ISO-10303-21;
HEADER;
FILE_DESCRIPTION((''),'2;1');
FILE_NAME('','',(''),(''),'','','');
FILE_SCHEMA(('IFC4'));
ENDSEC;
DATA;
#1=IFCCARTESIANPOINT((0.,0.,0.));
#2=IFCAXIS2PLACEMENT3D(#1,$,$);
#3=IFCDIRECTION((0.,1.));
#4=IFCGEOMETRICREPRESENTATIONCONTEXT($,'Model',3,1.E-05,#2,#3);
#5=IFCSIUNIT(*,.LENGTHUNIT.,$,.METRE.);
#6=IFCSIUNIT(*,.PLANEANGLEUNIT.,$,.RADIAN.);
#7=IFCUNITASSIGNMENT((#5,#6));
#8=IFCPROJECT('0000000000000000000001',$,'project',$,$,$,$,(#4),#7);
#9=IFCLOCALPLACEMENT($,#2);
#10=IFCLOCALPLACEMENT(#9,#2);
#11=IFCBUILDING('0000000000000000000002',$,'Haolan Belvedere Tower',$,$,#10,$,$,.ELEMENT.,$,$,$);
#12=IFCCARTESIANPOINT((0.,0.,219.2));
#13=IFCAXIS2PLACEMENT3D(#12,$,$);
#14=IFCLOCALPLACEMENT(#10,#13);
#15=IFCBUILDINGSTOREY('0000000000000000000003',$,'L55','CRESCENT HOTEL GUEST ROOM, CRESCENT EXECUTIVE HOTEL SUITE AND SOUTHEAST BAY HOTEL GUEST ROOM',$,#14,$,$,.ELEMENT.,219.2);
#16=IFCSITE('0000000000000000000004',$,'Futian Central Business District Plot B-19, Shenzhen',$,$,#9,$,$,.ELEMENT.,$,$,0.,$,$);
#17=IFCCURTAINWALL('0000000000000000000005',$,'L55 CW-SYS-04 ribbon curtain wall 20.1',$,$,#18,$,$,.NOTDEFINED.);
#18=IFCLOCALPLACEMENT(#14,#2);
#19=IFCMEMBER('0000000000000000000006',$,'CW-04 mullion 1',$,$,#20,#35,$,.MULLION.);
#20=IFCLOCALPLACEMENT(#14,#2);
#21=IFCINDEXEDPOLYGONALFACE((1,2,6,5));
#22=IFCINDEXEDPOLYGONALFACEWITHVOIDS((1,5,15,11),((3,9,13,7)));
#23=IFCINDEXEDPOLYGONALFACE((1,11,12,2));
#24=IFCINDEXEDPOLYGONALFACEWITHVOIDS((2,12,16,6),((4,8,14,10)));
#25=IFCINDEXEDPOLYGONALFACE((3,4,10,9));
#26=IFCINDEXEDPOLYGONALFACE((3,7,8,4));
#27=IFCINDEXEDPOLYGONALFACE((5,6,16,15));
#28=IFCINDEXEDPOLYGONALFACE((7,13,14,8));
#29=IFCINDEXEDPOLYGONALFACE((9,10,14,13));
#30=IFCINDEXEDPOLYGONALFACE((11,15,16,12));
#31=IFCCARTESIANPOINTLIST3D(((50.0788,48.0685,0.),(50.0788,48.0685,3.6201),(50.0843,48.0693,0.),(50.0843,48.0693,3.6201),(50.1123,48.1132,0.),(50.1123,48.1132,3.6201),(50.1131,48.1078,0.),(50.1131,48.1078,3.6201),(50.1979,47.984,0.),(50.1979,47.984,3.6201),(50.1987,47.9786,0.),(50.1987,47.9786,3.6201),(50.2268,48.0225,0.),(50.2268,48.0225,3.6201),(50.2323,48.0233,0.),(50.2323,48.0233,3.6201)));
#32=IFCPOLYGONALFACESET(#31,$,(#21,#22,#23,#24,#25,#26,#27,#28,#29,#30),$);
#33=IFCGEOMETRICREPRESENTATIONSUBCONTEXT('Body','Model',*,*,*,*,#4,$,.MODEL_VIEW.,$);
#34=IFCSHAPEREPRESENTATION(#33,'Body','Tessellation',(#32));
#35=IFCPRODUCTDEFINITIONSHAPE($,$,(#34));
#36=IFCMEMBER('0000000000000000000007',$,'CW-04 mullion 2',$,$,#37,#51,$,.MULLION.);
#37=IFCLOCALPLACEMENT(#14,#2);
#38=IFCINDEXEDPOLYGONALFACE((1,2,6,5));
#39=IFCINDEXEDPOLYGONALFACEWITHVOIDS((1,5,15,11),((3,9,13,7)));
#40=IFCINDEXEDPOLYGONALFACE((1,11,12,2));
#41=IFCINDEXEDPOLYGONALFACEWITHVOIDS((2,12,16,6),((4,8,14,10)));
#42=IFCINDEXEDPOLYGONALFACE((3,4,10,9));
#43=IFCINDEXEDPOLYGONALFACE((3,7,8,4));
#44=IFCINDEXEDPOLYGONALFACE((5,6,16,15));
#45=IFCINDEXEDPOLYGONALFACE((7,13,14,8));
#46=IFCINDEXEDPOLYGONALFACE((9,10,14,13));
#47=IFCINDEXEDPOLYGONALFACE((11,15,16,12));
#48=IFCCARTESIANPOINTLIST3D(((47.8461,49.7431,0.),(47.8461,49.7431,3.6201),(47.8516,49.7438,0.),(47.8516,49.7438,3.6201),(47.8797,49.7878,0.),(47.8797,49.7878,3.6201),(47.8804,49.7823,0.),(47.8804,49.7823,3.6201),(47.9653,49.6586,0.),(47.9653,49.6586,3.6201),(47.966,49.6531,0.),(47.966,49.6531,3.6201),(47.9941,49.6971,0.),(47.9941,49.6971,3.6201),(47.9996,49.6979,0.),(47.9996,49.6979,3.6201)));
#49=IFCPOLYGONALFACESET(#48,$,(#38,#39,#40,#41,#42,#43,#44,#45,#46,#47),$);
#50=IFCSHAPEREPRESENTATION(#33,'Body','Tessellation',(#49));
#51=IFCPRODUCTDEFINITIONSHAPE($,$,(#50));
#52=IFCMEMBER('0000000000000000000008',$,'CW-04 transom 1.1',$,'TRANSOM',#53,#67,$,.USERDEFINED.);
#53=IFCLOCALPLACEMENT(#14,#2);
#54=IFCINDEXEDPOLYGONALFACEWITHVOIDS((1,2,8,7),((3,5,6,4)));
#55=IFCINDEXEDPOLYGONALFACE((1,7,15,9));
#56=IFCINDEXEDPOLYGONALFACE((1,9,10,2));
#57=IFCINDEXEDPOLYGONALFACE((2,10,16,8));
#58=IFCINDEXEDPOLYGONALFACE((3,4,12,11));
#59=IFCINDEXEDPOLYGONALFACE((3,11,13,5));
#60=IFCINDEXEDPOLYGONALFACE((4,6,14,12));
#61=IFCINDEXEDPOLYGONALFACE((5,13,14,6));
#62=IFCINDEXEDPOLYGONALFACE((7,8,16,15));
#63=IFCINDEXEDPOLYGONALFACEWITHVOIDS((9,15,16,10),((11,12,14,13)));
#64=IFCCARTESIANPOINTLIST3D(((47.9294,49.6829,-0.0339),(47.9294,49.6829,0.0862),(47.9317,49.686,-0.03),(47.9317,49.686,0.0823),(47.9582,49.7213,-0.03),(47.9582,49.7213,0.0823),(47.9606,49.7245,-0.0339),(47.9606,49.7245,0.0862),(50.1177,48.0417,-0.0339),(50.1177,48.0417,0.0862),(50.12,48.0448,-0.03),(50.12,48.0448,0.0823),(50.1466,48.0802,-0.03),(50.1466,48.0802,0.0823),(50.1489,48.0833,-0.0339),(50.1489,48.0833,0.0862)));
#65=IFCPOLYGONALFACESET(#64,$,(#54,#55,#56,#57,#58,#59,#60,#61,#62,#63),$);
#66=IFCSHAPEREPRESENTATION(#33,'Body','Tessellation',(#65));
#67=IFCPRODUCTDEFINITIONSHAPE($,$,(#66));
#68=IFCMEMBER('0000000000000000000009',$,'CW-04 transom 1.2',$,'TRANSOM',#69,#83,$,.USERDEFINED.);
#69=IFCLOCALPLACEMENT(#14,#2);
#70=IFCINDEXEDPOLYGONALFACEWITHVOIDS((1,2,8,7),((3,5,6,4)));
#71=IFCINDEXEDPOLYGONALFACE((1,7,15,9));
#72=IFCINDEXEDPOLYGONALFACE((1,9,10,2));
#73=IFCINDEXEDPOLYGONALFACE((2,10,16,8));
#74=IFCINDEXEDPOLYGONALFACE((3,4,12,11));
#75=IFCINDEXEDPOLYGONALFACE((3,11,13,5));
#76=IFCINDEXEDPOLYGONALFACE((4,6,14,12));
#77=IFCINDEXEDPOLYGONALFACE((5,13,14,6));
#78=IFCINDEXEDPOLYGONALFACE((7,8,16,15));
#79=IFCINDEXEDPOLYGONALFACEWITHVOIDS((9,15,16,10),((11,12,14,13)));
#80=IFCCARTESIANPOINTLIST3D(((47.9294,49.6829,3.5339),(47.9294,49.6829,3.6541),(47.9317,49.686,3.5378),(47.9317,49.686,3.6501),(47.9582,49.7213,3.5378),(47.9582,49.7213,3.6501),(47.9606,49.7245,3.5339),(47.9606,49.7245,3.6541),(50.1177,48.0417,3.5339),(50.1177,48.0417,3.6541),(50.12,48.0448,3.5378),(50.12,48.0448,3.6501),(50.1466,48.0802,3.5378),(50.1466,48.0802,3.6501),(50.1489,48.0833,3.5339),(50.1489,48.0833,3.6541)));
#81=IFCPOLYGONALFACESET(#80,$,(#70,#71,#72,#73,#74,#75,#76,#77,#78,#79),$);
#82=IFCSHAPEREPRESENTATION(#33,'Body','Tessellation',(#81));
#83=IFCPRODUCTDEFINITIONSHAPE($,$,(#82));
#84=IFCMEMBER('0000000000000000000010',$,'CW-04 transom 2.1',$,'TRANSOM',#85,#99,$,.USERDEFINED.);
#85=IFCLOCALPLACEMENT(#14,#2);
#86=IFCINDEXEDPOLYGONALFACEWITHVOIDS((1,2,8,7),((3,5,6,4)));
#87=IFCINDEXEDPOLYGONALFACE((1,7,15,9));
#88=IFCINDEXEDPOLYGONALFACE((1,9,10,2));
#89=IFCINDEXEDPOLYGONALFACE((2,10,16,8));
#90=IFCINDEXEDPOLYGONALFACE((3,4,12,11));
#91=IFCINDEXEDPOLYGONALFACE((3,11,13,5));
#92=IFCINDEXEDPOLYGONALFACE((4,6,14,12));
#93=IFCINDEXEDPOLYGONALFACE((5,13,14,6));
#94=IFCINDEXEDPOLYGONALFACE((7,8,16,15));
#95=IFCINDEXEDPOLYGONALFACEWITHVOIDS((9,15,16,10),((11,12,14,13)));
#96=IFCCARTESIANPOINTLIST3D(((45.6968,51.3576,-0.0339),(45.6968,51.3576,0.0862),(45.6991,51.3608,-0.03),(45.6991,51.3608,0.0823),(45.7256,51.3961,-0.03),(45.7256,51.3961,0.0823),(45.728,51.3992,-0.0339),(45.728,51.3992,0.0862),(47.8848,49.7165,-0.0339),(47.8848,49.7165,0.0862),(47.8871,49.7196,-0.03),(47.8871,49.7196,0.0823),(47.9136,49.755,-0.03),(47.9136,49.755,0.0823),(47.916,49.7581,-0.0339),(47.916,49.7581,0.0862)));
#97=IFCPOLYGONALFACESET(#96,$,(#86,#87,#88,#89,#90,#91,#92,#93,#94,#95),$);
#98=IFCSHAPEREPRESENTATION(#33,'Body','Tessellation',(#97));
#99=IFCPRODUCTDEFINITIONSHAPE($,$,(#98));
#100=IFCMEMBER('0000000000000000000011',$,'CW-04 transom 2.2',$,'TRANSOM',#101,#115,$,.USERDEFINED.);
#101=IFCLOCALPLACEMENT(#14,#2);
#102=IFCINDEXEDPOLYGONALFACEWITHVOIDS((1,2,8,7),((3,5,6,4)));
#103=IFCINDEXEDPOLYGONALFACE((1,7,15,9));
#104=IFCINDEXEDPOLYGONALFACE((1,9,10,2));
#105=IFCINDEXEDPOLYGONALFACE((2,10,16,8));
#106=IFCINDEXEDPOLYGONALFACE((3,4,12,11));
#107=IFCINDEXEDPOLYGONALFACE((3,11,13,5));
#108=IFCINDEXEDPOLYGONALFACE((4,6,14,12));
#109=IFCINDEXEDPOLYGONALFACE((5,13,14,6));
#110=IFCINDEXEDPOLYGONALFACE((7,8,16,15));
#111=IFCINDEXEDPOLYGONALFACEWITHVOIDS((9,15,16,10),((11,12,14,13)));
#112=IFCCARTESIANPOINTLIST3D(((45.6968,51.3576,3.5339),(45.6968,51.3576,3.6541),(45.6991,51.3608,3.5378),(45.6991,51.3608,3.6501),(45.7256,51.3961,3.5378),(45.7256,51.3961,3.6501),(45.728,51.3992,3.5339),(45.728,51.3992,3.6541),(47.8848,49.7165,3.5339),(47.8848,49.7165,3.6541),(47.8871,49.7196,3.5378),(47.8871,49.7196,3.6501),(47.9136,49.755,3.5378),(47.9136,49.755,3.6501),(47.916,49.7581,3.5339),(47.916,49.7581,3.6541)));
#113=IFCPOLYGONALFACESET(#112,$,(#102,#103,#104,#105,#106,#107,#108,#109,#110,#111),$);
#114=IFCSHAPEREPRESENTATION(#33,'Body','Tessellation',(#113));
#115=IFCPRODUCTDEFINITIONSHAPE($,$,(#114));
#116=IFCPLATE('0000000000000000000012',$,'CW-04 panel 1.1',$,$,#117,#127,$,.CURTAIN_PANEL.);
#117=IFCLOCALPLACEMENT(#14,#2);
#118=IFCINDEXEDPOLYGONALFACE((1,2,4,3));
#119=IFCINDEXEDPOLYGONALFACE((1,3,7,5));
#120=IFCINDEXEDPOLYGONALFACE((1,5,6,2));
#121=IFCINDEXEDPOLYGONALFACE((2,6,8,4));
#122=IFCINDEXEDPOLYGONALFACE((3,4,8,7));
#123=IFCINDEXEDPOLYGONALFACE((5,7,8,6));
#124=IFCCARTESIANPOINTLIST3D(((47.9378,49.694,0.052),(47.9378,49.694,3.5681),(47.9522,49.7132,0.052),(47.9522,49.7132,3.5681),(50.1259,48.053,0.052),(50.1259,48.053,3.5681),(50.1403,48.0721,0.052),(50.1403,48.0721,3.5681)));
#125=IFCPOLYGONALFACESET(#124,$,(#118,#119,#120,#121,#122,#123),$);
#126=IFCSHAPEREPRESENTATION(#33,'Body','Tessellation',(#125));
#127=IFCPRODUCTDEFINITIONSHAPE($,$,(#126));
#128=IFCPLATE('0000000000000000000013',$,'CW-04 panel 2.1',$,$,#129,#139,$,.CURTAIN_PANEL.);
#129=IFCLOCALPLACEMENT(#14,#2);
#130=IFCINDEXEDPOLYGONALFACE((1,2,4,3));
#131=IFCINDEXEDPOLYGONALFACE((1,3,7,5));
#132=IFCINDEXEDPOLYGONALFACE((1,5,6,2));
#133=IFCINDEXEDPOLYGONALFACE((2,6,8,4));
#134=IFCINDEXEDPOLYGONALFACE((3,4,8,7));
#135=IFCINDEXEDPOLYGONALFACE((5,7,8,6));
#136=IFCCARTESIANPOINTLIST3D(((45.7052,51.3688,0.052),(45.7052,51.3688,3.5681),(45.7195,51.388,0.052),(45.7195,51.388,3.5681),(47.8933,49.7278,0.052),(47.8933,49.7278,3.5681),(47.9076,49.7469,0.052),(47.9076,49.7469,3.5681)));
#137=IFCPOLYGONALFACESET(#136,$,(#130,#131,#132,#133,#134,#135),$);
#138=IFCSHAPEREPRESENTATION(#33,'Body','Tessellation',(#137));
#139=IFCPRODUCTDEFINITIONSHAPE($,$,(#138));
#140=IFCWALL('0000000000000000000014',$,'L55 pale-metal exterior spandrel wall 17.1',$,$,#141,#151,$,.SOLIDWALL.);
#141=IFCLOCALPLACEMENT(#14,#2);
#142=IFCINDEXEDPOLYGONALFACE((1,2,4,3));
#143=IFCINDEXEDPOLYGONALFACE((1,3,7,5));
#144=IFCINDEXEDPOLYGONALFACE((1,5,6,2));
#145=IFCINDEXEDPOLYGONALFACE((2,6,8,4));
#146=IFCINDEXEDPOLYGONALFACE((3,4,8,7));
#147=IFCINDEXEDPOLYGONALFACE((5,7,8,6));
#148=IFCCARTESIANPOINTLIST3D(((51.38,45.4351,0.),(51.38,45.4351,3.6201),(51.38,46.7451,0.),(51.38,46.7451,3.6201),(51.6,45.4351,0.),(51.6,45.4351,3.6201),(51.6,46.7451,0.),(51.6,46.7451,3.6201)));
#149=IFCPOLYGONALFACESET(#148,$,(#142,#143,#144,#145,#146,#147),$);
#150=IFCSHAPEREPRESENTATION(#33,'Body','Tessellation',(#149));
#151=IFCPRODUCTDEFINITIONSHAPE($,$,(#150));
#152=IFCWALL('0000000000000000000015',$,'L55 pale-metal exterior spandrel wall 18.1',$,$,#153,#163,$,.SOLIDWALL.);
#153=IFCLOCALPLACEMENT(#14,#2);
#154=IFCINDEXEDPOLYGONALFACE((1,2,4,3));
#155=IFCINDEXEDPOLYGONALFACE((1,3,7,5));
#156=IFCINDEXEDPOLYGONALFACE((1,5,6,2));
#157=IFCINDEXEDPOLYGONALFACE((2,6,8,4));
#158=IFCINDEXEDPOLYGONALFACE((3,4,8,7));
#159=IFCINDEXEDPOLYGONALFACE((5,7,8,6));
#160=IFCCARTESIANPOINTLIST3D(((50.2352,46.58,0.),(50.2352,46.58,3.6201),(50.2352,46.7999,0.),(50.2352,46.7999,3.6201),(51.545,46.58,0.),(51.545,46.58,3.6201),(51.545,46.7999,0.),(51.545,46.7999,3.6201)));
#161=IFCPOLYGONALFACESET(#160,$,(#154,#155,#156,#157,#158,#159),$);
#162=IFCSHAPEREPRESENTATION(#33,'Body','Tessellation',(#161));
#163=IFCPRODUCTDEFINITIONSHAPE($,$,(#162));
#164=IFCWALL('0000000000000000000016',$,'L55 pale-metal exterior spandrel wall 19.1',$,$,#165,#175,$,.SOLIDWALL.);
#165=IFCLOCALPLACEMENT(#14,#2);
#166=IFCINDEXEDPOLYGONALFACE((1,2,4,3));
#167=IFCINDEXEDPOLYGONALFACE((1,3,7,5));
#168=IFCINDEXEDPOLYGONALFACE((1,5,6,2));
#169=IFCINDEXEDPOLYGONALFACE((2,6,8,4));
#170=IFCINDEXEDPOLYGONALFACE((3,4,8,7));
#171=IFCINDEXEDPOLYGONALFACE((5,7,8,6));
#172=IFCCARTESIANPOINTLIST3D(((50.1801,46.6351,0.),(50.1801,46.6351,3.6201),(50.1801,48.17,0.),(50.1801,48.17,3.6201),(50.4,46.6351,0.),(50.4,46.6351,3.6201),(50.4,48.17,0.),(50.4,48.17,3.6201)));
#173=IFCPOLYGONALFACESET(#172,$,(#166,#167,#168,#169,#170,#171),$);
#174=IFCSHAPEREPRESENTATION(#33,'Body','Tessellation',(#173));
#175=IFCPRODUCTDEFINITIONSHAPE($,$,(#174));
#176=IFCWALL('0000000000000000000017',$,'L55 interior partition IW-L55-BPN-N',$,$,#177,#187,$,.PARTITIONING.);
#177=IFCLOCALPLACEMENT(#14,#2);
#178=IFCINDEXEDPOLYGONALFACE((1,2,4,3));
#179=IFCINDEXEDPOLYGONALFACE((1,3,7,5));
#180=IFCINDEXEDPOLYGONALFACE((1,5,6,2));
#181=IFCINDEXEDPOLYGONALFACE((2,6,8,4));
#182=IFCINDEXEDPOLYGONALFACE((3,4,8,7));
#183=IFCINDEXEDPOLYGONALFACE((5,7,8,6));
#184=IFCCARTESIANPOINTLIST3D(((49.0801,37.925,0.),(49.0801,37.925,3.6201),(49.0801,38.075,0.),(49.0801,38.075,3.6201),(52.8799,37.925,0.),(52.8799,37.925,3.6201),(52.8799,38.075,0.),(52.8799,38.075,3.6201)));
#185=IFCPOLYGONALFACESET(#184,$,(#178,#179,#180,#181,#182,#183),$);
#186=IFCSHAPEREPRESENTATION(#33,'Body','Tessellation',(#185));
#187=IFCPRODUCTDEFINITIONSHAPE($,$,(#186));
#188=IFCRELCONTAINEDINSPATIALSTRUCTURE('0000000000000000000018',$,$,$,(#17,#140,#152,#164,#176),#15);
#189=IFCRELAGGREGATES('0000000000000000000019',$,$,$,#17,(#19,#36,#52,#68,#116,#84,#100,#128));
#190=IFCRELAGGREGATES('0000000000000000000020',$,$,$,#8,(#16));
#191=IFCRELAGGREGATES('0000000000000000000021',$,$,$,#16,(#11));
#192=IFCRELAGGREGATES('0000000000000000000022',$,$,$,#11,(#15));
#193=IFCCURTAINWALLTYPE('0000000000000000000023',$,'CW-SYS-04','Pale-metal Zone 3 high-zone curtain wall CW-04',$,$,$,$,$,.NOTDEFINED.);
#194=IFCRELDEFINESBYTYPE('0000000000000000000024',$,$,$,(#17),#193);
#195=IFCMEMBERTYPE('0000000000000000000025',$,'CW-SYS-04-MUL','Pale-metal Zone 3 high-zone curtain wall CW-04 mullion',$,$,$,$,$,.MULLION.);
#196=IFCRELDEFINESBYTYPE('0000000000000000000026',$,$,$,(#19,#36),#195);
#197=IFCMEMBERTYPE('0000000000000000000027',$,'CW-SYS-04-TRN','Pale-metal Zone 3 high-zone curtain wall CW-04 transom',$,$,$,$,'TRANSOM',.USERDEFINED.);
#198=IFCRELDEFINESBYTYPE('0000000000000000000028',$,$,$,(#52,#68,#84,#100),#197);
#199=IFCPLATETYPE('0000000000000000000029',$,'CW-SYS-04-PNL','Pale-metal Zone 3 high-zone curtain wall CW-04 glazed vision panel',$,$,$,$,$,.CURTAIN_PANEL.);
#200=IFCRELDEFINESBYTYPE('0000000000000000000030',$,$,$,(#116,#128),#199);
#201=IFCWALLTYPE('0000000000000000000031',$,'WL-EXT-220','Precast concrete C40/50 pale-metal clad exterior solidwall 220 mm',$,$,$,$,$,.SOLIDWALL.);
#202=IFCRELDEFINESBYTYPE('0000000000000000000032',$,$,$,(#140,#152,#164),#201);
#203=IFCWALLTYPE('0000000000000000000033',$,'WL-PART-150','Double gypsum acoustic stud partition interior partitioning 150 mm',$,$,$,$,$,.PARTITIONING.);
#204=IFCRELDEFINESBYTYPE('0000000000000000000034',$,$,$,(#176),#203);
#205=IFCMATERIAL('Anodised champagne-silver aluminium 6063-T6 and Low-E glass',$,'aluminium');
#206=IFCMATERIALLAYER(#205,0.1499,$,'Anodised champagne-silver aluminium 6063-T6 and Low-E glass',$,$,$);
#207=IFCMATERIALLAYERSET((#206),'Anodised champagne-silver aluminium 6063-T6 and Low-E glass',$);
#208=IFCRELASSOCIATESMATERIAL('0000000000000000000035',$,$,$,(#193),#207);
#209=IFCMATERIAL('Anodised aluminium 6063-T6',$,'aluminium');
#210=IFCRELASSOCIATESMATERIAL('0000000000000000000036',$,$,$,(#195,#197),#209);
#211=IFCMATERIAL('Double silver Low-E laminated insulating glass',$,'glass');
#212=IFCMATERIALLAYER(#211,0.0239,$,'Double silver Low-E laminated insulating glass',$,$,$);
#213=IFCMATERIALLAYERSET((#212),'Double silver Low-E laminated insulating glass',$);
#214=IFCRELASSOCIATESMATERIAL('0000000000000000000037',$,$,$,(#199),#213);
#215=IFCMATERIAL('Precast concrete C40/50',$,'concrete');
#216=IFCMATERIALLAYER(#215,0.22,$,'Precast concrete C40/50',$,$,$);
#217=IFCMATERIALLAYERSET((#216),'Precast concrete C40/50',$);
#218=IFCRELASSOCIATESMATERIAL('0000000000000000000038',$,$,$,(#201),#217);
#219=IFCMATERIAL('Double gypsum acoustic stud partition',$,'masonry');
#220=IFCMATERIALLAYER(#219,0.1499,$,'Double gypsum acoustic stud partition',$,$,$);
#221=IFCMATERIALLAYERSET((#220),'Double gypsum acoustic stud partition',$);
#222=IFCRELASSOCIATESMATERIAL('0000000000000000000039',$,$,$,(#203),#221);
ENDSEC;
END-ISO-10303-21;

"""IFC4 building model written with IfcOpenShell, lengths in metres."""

from ifc_helpers import new_model, si_unit, direction, frame, frame_2d, origin, origin_2d, place, context, subcontext, project, spatial, rectangle, hollow_rectangle, extrude, material, layer, layer_set, material_profile, profile_set, type_object, element, aggregate, save


model = new_model("IFC4")

# Units and contexts
model_context = context("Model", 3, precision=1e-05, world=origin(), true_north=direction((0.0, 1.0)))
body_context = subcontext(model_context, "Body", "Model", "MODEL_VIEW")
ifc_project = project(units=[si_unit("LENGTHUNIT", "METRE"), si_unit("PLANEANGLEUNIT", "RADIAN")], contexts=[model_context])

# Site, building, storey
site_placement = place(None, origin())
site = spatial("IfcSite", under=ifc_project, at=site_placement, Name="Futian Central Business District Plot B-19, Shenzhen", CompositionType="ELEMENT", RefElevation=0.0)
building_placement = place(site_placement, origin())
building = spatial("IfcBuilding", under=site, at=building_placement, Name="Haolan Belvedere Tower", CompositionType="ELEMENT")
storey_placement = place(building_placement, frame((0.0, 0.0, 219.2)))
storey = spatial("IfcBuildingStorey", under=building, at=storey_placement, Name="L55", Description="CRESCENT HOTEL GUEST ROOM, CRESCENT EXECUTIVE HOTEL SUITE AND SOUTHEAST BAY HOTEL GUEST ROOM", CompositionType="ELEMENT", Elevation=219.2)

# Curtain wall, members, plates
ifc_material_1 = material(Name="Anodised champagne-silver aluminium 6063-T6 and Low-E glass", Category="aluminium")
ifc_layer_1 = layer(ifc_material_1, 0.1499, Name="Anodised champagne-silver aluminium 6063-T6 and Low-E glass")
ifc_layer_set_1 = layer_set([ifc_layer_1], Name="Anodised champagne-silver aluminium 6063-T6 and Low-E glass")
curtain_wall_type = type_object("IfcCurtainWallType", Name="CW-SYS-04", Description="Pale-metal Zone 3 high-zone curtain wall CW-04", PredefinedType="NOTDEFINED", material=ifc_layer_set_1)
curtain_wall_placement = place(storey_placement, origin())
curtain_wall = element("IfcCurtainWall", 1, at=curtain_wall_placement, inside=storey, type_object=curtain_wall_type, Name="L55 CW-SYS-04 ribbon curtain wall 20.1", PredefinedType="NOTDEFINED")
ifc_material_2 = material(Name="Anodised aluminium 6063-T6", Category="aluminium")
ifc_material_profile_1 = material_profile(ifc_material_2, hollow_rectangle(XDim=0.0559, YDim=0.1499, WallThickness=0.0039, at=origin_2d()), Name="Anodised aluminium 6063-T6")
ifc_profile_set_1 = profile_set([ifc_material_profile_1], Name="Anodised aluminium 6063-T6")
member_type_1 = type_object("IfcMemberType", Name="CW-SYS-04-MUL", Description="Pale-metal Zone 3 high-zone curtain wall CW-04 mullion", PredefinedType="MULLION", material=ifc_profile_set_1)
member_1_placement = place(storey_placement, frame((50.1555, 48.0459, 0.0), z_axis=(0.0, 0.0, 1.0), x_axis=(-0.600003, -0.799998, 0.0)))
member_1 = element("IfcMember", 2, at=member_1_placement, type_object=member_type_1, Name="CW-04 mullion 1", PredefinedType="MULLION", context=body_context, shape_type="SweptSolid", body=[
    extrude(hollow_rectangle(XDim=0.0559, YDim=0.1499, WallThickness=0.0039, at=origin_2d()), origin(), (0.0, 0.0, 1.0), 3.6201),
])
member_2_placement = place(storey_placement, frame((47.9229, 49.7205, 0.0), z_axis=(0.0, 0.0, 1.0), x_axis=(-0.600003, -0.799998, 0.0)))
member_2 = element("IfcMember", 3, at=member_2_placement, type_object=member_type_1, Name="CW-04 mullion 2", PredefinedType="MULLION", context=body_context, shape_type="SweptSolid", body=[
    extrude(hollow_rectangle(XDim=0.0559, YDim=0.1499, WallThickness=0.0039, at=origin_2d()), origin(), (0.0, 0.0, 1.0), 3.6201),
])
ifc_material_profile_2 = material_profile(ifc_material_2, hollow_rectangle(XDim=0.052, YDim=0.1201, WallThickness=0.0039, at=origin_2d()), Name="Anodised aluminium 6063-T6")
ifc_profile_set_2 = profile_set([ifc_material_profile_2], Name="Anodised aluminium 6063-T6")
member_type_2 = type_object("IfcMemberType", Name="CW-SYS-04-TRN", Description="Pale-metal Zone 3 high-zone curtain wall CW-04 transom", ElementType="TRANSOM", PredefinedType="USERDEFINED", material=ifc_profile_set_2)
member_3_placement = place(storey_placement, frame((50.1333, 48.0625, 0.0261), z_axis=(-0.800011, 0.599986, 0.0), x_axis=(-0.599986, -0.800011, 0.0)))
member_3 = element("IfcMember", 4, at=member_3_placement, type_object=member_type_2, Name="CW-04 transom 1.1", ObjectType="TRANSOM", PredefinedType="USERDEFINED", context=body_context, shape_type="SweptSolid", body=[
    extrude(hollow_rectangle(XDim=0.052, YDim=0.1201, WallThickness=0.0039, at=origin_2d()), origin(), (0.0, 0.0, 1.0), 2.7354),
])
member_4_placement = place(storey_placement, frame((50.1333, 48.0625, 3.594), z_axis=(-0.800011, 0.599986, 0.0), x_axis=(-0.599986, -0.800011, 0.0)))
member_4 = element("IfcMember", 5, at=member_4_placement, type_object=member_type_2, Name="CW-04 transom 1.2", ObjectType="TRANSOM", PredefinedType="USERDEFINED", context=body_context, shape_type="SweptSolid", body=[
    extrude(hollow_rectangle(XDim=0.052, YDim=0.1201, WallThickness=0.0039, at=origin_2d()), origin(), (0.0, 0.0, 1.0), 2.7354),
])
member_5_placement = place(storey_placement, frame((47.9004, 49.7373, 0.0261), z_axis=(-0.799979, 0.600029, 0.0), x_axis=(-0.600029, -0.799979, 0.0)))
member_5 = element("IfcMember", 6, at=member_5_placement, type_object=member_type_2, Name="CW-04 transom 2.1", ObjectType="TRANSOM", PredefinedType="USERDEFINED", context=body_context, shape_type="SweptSolid", body=[
    extrude(hollow_rectangle(XDim=0.052, YDim=0.1201, WallThickness=0.0039, at=origin_2d()), origin(), (0.0, 0.0, 1.0), 2.7351),
])
member_6_placement = place(storey_placement, frame((47.9004, 49.7373, 3.594), z_axis=(-0.799979, 0.600029, 0.0), x_axis=(-0.600029, -0.799979, 0.0)))
member_6 = element("IfcMember", 7, at=member_6_placement, type_object=member_type_2, Name="CW-04 transom 2.2", ObjectType="TRANSOM", PredefinedType="USERDEFINED", context=body_context, shape_type="SweptSolid", body=[
    extrude(hollow_rectangle(XDim=0.052, YDim=0.1201, WallThickness=0.0039, at=origin_2d()), origin(), (0.0, 0.0, 1.0), 2.7351),
])
ifc_material_3 = material(Name="Double silver Low-E laminated insulating glass", Category="glass")
ifc_layer_2 = layer(ifc_material_3, 0.0239, Name="Double silver Low-E laminated insulating glass")
ifc_layer_set_2 = layer_set([ifc_layer_2], Name="Double silver Low-E laminated insulating glass")
plate_type = type_object("IfcPlateType", Name="CW-SYS-04-PNL", Description="Pale-metal Zone 3 high-zone curtain wall CW-04 glazed vision panel", PredefinedType="CURTAIN_PANEL", material=ifc_layer_set_2)
plate_1_placement = place(storey_placement, frame((49.0391, 48.8831, 0.052), z_axis=(0.0, 0.0, 1.0), x_axis=(-0.799998, 0.600003, 0.0)))
plate_1 = element("IfcPlate", 8, at=plate_1_placement, type_object=plate_type, Name="CW-04 panel 1.1", PredefinedType="CURTAIN_PANEL", context=body_context, shape_type="SweptSolid", body=[
    extrude(rectangle(XDim=2.7351, YDim=0.0239, at=origin_2d()), origin(), (0.0, 0.0, 1.0), 3.5161),
])
plate_2_placement = place(storey_placement, frame((46.8064, 50.5579, 0.052), z_axis=(0.0, 0.0, 1.0), x_axis=(-0.799998, 0.600003, 0.0)))
plate_2 = element("IfcPlate", 9, at=plate_2_placement, type_object=plate_type, Name="CW-04 panel 2.1", PredefinedType="CURTAIN_PANEL", context=body_context, shape_type="SweptSolid", body=[
    extrude(rectangle(XDim=2.7351, YDim=0.0239, at=origin_2d()), origin(), (0.0, 0.0, 1.0), 3.5161),
])
aggregate(curtain_wall, [member_1, member_2, member_3, member_4, plate_1, member_5, member_6, plate_2])

# Walls
ifc_material_4 = material(Name="Precast concrete C40/50", Category="concrete")
ifc_layer_3 = layer(ifc_material_4, 0.22, Name="Precast concrete C40/50")
ifc_layer_set_3 = layer_set([ifc_layer_3], Name="Precast concrete C40/50")
wall_type_1 = type_object("IfcWallType", Name="WL-EXT-220", Description="Precast concrete C40/50 pale-metal clad exterior solidwall 220 mm", PredefinedType="SOLIDWALL", material=ifc_layer_set_3)
wall_1_placement = place(storey_placement, frame((51.49, 45.4351, 0.0), z_axis=(0.0, 0.0, 1.0), x_axis=(0.0, 1.0, 0.0)))
element("IfcWall", 10, at=wall_1_placement, inside=storey, type_object=wall_type_1, Name="L55 pale-metal exterior spandrel wall 17.1", PredefinedType="SOLIDWALL", context=body_context, shape_type="SweptSolid", body=[
    extrude(rectangle(XDim=1.3101, YDim=0.22, at=frame_2d((0.655, 0.0))), origin(), (0.0, 0.0, 1.0), 3.6201),
])
wall_2_placement = place(storey_placement, frame((51.5449, 46.6899, 0.0), z_axis=(0.0, 0.0, 1.0), x_axis=(-1.0, 0.0, 0.0)))
element("IfcWall", 11, at=wall_2_placement, inside=storey, type_object=wall_type_1, Name="L55 pale-metal exterior spandrel wall 18.1", PredefinedType="SOLIDWALL", context=body_context, shape_type="SweptSolid", body=[
    extrude(rectangle(XDim=1.3098, YDim=0.22, at=frame_2d((0.6548, 0.0))), origin(), (0.0, 0.0, 1.0), 3.6201),
])
wall_3_placement = place(storey_placement, frame((50.29, 46.635, 0.0), z_axis=(0.0, 0.0, 1.0), x_axis=(0.0, 1.0, 0.0)))
element("IfcWall", 12, at=wall_3_placement, inside=storey, type_object=wall_type_1, Name="L55 pale-metal exterior spandrel wall 19.1", PredefinedType="SOLIDWALL", context=body_context, shape_type="SweptSolid", body=[
    extrude(rectangle(XDim=1.5349, YDim=0.22, at=frame_2d((0.7676, 0.0))), origin(), (0.0, 0.0, 1.0), 3.6201),
])
ifc_material_5 = material(Name="Double gypsum acoustic stud partition", Category="masonry")
ifc_layer_4 = layer(ifc_material_5, 0.1499, Name="Double gypsum acoustic stud partition")
ifc_layer_set_4 = layer_set([ifc_layer_4], Name="Double gypsum acoustic stud partition")
wall_type_2 = type_object("IfcWallType", Name="WL-PART-150", Description="Double gypsum acoustic stud partition interior partitioning 150 mm", PredefinedType="PARTITIONING", material=ifc_layer_set_4)
for number, where, z_axis, x_axis, name in (
    (13, (49.0801, 38.0, 0.0), (0.0, 0.0, 1.0), (1.0, 0.0, 0.0), "L55 interior partition IW-L55-BPN-N"),
):
    element("IfcWall", number, at=place(storey_placement, frame(where, z_axis=z_axis, x_axis=x_axis)), inside=storey, type_object=wall_type_2, Name=name, PredefinedType="PARTITIONING", context=body_context, shape_type="SweptSolid", body=[
        extrude(rectangle(XDim=3.7998, YDim=0.1499, at=frame_2d((1.8999, 0.0))), origin(), (0.0, 0.0, 1.0), 3.6201),
    ])

save(model, "model.ifc")
